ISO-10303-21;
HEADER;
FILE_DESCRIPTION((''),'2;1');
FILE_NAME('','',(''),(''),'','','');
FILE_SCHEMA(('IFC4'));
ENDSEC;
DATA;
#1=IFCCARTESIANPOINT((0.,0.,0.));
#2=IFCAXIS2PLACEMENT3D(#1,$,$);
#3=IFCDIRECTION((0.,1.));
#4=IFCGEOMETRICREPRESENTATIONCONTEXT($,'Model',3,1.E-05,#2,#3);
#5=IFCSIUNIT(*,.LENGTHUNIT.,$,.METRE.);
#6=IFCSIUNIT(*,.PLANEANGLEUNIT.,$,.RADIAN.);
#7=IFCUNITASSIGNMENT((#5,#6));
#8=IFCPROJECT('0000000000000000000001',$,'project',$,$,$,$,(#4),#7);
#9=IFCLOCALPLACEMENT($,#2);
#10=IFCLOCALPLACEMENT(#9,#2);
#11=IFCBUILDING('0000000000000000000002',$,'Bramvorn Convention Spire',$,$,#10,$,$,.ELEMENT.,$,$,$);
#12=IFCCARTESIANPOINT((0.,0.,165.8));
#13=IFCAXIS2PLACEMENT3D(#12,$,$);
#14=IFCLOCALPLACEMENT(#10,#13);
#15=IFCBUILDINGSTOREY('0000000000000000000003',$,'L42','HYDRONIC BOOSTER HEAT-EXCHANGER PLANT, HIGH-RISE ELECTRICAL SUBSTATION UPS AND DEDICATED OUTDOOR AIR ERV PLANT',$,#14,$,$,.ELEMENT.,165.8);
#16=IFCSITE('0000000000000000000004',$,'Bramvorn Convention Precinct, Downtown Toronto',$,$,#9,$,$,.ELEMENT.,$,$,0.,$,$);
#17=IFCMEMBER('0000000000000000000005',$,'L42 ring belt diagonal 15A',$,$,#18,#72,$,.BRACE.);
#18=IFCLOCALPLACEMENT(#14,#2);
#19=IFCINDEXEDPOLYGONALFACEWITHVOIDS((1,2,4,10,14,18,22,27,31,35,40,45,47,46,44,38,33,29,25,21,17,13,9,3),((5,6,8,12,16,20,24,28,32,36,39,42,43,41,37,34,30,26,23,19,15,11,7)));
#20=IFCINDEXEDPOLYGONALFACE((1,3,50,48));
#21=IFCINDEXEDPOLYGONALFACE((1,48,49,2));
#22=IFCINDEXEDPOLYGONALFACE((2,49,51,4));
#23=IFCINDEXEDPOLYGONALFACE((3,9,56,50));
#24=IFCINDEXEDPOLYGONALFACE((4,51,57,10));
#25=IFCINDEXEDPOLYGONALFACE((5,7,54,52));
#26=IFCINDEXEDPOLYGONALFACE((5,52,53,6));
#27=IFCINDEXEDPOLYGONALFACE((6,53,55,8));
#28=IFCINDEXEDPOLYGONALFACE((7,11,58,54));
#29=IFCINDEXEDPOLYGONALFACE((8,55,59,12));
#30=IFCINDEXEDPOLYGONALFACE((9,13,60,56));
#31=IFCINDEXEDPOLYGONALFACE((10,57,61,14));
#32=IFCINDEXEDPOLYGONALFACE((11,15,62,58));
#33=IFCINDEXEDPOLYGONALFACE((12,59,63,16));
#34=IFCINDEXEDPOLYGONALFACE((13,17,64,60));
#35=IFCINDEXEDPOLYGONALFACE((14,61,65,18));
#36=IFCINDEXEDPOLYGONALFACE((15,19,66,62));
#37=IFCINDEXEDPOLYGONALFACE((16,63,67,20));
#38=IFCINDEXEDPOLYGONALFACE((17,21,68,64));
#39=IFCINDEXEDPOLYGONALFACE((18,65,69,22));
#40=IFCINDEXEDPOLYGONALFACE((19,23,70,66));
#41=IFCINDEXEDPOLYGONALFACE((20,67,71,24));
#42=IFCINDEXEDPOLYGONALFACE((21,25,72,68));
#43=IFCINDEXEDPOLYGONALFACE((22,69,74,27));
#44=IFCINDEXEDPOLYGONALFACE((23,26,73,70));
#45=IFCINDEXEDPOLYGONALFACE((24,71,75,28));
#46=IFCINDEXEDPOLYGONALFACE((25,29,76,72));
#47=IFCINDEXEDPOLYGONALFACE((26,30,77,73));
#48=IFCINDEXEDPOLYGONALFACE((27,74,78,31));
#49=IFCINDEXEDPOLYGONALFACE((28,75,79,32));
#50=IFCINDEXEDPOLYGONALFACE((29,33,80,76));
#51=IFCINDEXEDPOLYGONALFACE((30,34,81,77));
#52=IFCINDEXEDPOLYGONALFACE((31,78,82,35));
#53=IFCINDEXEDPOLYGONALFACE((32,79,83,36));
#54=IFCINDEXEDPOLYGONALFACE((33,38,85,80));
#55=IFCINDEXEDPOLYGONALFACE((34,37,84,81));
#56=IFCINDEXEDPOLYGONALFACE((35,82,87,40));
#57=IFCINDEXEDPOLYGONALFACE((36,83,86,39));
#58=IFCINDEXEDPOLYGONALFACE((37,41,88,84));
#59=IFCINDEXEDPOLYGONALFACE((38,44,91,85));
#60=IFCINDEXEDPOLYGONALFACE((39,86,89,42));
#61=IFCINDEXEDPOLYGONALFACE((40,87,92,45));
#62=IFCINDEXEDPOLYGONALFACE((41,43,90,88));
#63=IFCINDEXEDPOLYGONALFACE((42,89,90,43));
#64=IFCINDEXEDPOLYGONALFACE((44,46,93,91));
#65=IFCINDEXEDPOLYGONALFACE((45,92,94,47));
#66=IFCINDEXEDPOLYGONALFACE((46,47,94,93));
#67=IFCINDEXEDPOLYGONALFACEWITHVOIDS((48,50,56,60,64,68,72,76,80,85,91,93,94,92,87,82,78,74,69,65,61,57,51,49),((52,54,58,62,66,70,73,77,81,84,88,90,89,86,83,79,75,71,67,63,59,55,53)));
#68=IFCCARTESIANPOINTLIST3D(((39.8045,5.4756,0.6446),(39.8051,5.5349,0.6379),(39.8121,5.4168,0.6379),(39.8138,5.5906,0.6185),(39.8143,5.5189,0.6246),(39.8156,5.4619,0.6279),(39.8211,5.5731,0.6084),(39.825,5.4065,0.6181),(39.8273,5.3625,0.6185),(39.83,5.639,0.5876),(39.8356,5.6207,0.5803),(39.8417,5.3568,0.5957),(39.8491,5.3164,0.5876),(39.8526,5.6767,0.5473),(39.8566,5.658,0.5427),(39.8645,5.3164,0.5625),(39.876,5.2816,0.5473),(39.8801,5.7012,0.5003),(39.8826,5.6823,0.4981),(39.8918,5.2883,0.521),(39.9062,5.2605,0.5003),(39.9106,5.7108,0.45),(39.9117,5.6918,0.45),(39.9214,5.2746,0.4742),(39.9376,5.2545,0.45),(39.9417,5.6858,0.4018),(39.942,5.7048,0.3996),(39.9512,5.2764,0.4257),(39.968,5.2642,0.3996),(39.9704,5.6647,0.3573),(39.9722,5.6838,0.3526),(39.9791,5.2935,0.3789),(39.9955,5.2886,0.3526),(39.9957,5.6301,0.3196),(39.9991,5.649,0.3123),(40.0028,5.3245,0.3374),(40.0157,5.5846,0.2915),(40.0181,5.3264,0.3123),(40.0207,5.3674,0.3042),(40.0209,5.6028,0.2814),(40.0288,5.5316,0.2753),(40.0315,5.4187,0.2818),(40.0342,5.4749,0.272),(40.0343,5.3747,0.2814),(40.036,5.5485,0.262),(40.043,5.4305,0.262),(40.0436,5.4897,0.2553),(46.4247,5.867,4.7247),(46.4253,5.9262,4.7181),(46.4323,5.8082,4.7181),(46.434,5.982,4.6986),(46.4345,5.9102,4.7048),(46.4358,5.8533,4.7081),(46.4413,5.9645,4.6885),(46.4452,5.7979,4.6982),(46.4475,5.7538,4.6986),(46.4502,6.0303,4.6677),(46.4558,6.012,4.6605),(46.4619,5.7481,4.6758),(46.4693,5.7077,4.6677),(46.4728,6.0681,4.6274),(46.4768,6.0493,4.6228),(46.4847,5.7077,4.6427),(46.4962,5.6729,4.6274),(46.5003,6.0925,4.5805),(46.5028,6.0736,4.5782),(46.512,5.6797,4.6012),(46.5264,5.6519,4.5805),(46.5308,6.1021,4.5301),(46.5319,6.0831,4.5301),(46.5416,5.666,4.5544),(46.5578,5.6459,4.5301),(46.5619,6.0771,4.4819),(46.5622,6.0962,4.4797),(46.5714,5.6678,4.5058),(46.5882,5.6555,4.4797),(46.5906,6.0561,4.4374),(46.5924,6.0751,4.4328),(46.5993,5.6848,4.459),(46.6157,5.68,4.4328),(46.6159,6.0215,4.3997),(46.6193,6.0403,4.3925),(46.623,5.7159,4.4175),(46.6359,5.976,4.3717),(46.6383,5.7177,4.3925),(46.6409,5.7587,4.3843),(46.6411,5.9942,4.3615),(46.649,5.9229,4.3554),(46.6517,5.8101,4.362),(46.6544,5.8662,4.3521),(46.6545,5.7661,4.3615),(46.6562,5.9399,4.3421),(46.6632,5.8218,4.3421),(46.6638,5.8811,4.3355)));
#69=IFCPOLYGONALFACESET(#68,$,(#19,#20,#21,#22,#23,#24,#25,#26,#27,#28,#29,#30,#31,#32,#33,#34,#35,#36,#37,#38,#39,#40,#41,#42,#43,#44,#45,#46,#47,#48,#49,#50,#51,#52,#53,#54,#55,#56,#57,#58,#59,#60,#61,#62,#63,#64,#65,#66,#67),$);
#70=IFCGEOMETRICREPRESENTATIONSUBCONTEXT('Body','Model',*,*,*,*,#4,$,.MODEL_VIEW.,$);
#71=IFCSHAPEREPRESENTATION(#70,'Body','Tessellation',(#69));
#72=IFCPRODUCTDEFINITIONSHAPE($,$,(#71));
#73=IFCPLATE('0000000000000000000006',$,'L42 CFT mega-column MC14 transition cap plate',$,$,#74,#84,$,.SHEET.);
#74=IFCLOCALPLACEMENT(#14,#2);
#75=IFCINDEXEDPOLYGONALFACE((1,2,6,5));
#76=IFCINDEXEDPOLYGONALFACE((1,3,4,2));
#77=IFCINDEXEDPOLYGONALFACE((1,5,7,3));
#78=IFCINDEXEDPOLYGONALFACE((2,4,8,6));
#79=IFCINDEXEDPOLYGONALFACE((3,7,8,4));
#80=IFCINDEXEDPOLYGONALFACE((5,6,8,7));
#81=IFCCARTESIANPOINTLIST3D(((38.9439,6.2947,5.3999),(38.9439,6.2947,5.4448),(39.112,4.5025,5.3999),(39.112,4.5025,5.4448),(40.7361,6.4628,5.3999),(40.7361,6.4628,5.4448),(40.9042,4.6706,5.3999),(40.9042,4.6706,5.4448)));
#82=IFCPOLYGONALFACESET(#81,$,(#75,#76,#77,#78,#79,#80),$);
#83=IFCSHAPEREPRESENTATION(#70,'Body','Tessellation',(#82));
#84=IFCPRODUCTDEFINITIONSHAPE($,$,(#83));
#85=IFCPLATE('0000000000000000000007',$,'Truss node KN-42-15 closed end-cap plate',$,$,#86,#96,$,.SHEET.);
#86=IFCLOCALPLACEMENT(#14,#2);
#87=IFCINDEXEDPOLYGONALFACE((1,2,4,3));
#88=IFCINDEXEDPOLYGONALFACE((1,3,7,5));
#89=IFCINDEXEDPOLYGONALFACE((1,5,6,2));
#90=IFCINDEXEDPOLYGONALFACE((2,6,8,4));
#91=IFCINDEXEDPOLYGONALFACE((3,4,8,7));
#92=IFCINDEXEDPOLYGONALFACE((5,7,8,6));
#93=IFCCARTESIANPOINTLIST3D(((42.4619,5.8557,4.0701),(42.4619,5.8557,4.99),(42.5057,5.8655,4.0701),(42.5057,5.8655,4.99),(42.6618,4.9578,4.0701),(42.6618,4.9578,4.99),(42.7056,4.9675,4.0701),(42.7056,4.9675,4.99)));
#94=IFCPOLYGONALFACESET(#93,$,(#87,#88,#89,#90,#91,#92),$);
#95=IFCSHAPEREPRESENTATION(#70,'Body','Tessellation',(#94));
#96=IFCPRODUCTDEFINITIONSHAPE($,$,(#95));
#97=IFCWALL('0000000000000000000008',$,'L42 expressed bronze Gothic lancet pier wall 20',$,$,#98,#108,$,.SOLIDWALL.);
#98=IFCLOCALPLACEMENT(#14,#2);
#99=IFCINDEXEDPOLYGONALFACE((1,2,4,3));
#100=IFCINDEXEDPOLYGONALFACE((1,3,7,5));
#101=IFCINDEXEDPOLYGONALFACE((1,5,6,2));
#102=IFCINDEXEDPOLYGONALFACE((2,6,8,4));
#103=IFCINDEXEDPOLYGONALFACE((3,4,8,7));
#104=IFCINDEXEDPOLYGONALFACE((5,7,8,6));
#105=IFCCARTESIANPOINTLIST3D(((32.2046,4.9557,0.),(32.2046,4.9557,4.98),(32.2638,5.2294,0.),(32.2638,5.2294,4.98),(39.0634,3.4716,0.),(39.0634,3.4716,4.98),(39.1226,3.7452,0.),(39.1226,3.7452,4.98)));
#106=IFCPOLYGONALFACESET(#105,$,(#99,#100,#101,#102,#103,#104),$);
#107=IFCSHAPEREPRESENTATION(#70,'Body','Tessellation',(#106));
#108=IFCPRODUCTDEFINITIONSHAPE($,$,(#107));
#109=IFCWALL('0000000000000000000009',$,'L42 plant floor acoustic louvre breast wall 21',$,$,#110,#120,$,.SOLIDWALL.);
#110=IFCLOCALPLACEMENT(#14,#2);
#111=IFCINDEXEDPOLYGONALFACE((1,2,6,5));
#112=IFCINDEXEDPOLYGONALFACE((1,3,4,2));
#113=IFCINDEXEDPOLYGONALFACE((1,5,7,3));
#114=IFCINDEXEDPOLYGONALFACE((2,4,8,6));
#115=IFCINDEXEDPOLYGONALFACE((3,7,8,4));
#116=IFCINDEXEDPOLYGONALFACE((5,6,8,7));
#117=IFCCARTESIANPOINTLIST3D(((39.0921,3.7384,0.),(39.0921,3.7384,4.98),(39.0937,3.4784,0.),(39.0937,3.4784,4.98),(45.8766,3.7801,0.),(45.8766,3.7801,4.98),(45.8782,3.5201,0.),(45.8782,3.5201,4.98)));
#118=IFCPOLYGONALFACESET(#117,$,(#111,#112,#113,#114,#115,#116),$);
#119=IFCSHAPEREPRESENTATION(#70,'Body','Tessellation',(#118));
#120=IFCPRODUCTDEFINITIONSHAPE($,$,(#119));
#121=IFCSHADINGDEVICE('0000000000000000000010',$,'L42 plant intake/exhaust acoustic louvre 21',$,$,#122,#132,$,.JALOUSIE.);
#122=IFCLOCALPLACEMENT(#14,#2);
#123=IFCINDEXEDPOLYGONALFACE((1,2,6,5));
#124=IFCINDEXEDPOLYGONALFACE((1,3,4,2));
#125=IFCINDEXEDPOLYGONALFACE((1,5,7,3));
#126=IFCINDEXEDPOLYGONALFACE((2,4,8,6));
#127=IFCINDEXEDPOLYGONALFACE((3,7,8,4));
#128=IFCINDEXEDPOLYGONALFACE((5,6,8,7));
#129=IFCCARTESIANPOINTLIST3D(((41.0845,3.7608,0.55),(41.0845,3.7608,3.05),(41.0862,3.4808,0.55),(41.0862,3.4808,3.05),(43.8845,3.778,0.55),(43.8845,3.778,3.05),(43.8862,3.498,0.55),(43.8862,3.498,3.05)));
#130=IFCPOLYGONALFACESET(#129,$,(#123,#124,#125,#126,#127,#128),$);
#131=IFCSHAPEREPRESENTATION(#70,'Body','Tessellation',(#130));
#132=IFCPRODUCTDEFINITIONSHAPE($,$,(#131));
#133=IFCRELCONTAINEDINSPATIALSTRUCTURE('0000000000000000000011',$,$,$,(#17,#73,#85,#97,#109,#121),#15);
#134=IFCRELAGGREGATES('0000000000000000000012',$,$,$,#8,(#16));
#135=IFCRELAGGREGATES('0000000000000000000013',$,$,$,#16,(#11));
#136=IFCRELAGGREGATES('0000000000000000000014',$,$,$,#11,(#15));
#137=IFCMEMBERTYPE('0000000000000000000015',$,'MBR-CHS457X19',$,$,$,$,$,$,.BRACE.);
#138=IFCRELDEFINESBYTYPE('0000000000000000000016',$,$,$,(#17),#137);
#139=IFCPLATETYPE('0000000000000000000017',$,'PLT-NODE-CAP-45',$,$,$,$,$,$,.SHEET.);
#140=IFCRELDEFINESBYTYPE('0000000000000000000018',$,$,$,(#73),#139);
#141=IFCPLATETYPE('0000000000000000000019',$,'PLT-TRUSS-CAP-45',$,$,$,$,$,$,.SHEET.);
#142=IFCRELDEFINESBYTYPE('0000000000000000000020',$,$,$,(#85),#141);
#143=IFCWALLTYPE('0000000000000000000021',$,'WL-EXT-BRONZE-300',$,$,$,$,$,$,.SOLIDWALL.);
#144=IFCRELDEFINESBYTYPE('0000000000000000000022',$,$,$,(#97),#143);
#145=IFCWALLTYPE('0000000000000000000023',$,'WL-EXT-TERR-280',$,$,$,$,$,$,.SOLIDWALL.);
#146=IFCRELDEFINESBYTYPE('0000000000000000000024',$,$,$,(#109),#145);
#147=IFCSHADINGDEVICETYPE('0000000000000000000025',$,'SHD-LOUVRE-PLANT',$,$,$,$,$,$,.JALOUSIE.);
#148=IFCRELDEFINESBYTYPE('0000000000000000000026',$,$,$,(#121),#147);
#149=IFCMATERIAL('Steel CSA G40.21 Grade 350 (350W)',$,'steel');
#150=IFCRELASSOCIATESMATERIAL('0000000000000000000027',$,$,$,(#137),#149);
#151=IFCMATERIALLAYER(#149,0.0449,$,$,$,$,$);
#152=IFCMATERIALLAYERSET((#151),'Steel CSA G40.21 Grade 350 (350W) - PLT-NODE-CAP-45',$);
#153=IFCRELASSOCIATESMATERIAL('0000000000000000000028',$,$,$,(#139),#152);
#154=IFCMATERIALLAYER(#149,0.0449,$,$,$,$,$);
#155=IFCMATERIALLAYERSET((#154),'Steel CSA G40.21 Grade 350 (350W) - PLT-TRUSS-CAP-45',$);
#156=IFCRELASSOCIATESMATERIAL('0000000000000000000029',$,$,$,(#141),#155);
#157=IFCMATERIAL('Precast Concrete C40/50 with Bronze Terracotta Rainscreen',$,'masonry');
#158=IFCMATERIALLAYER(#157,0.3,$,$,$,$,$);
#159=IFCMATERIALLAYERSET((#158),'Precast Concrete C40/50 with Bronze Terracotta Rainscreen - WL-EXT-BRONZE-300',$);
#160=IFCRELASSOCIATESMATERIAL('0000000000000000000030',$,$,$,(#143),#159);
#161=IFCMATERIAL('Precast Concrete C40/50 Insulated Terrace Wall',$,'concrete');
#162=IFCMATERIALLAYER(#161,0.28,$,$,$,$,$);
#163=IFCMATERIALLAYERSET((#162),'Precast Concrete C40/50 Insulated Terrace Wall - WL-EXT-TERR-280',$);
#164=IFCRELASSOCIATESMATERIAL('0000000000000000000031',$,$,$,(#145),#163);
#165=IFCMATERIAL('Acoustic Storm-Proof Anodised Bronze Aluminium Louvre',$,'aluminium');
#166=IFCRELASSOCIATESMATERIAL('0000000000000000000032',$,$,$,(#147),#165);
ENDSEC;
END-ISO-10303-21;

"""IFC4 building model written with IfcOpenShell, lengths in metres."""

from ifc_helpers import new_model, si_unit, direction, frame, frame_2d, origin, origin_2d, place, context, subcontext, project, spatial, rectangle, hollow_circle, extrude, material, layer, layer_set, material_profile, profile_set, type_object, element, save


model = new_model("IFC4")

# Units and contexts
model_context = context("Model", 3, precision=1e-05, world=origin(), true_north=direction((0.0, 1.0)))
body_context = subcontext(model_context, "Body", "Model", "MODEL_VIEW")
ifc_project = project(units=[si_unit("LENGTHUNIT", "METRE"), si_unit("PLANEANGLEUNIT", "RADIAN")], contexts=[model_context])

# Site, building, storey
site_placement = place(None, origin())
site = spatial("IfcSite", under=ifc_project, at=site_placement, Name="Bramvorn Convention Precinct, Downtown Toronto", CompositionType="ELEMENT", RefElevation=0.0)
building_placement = place(site_placement, origin())
building = spatial("IfcBuilding", under=site, at=building_placement, Name="Bramvorn Convention Spire", CompositionType="ELEMENT")
storey_placement = place(building_placement, frame((0.0, 0.0, 165.8)))
storey = spatial("IfcBuildingStorey", under=building, at=storey_placement, Name="L42", Description="HYDRONIC BOOSTER HEAT-EXCHANGER PLANT, HIGH-RISE ELECTRICAL SUBSTATION UPS AND DEDICATED OUTDOOR AIR ERV PLANT", CompositionType="ELEMENT", Elevation=165.8)

# Shared definitions
ifc_material_1 = material(Name="Steel CSA G40.21 Grade 350 (350W)", Category="steel")

# Member
ifc_material_profile_1 = material_profile(ifc_material_1, hollow_circle(Radius=0.2285, WallThickness=0.019, at=origin_2d()))
ifc_profile_set_1 = profile_set([ifc_material_profile_1], Name="Steel CSA G40.21 Grade 350 (350W) - CHS457X19")
member_type_1 = type_object("IfcMemberType", Name="MBR-CHS457X19", PredefinedType="BRACE", material=ifc_profile_set_1)
member_1_placement = place(storey_placement, frame((39.9241, 5.4827, 0.45), z_axis=(0.850229, 0.050262, 0.524009), x_axis=(-0.059013, 0.998257, 0.0)))
element("IfcMember", 1, at=member_1_placement, inside=storey, type_object=member_type_1, Name="L42 ring belt diagonal 15A", PredefinedType="BRACE", context=body_context, shape_type="SweptSolid", body=[
    extrude(hollow_circle(Radius=0.2285, WallThickness=0.019, at=origin_2d()), origin(), (0.0, 0.0, 1.0), 7.7864),
])

# Plates
ifc_layer_1 = layer(ifc_material_1, 0.0449)
ifc_layer_set_1 = layer_set([ifc_layer_1], Name="Steel CSA G40.21 Grade 350 (350W) - PLT-NODE-CAP-45")
plate_type_1 = type_object("IfcPlateType", Name="PLT-NODE-CAP-45", PredefinedType="SHEET", material=ifc_layer_set_1)
plate_1_placement = place(storey_placement, frame((39.9241, 5.4827, 5.3999), z_axis=(0.0, 0.0, 1.0), x_axis=(0.093364, -0.995632, 0.0)))
element("IfcPlate", 2, at=plate_1_placement, inside=storey, type_object=plate_type_1, Name="L42 CFT mega-column MC14 transition cap plate", PredefinedType="SHEET", context=body_context, shape_type="SweptSolid", body=[
    extrude(rectangle(XDim=1.8, YDim=1.8, at=origin_2d()), origin(), (0.0, 0.0, 1.0), 0.0449),
])
ifc_layer_2 = layer(ifc_material_1, 0.0449)
ifc_layer_set_2 = layer_set([ifc_layer_2], Name="Steel CSA G40.21 Grade 350 (350W) - PLT-TRUSS-CAP-45")
plate_type_2 = type_object("IfcPlateType", Name="PLT-TRUSS-CAP-45", PredefinedType="SHEET", material=ifc_layer_set_2)
plate_2_placement = place(storey_placement, frame((42.5837, 5.4116, 4.0701), z_axis=(0.0, 0.0, 1.0), x_axis=(0.21732, -0.9761, 0.0)))
element("IfcPlate", 3, at=plate_2_placement, inside=storey, type_object=plate_type_2, Name="Truss node KN-42-15 closed end-cap plate", PredefinedType="SHEET", context=body_context, shape_type="SweptSolid", body=[
    extrude(rectangle(XDim=0.9199, YDim=0.0449, at=origin_2d()), origin(), (0.0, 0.0, 1.0), 0.9199),
])

# Walls
ifc_material_2 = material(Name="Precast Concrete C40/50 with Bronze Terracotta Rainscreen", Category="masonry")
ifc_layer_3 = layer(ifc_material_2, 0.3)
ifc_layer_set_3 = layer_set([ifc_layer_3], Name="Precast Concrete C40/50 with Bronze Terracotta Rainscreen - WL-EXT-BRONZE-300")
wall_type_1 = type_object("IfcWallType", Name="WL-EXT-BRONZE-300", PredefinedType="SOLIDWALL", material=ifc_layer_set_3)
wall_1_placement = place(storey_placement, frame((39.093, 3.6084, 0.0), z_axis=(0.0, 0.0, 1.0), x_axis=(-0.977381, 0.211486, 0.0)))
element("IfcWall", 4, at=wall_1_placement, inside=storey, type_object=wall_type_1, Name="L42 expressed bronze Gothic lancet pier wall 20", PredefinedType="SOLIDWALL", context=body_context, shape_type="SweptSolid", body=[
    extrude(rectangle(XDim=7.0176, YDim=0.28, at=frame_2d((3.5088, 0.0))), origin(), (0.0, 0.0, 1.0), 4.98),
])
ifc_material_3 = material(Name="Precast Concrete C40/50 Insulated Terrace Wall", Category="concrete")
ifc_layer_4 = layer(ifc_material_3, 0.28)
ifc_layer_set_4 = layer_set([ifc_layer_4], Name="Precast Concrete C40/50 Insulated Terrace Wall - WL-EXT-TERR-280")
wall_type_2 = type_object("IfcWallType", Name="WL-EXT-TERR-280", PredefinedType="SOLIDWALL", material=ifc_layer_set_4)
wall_2_placement = place(storey_placement, frame((45.8774, 3.6501, 0.0), z_axis=(0.0, 0.0, 1.0), x_axis=(-0.999981, -0.006153, 0.0)))
element("IfcWall", 5, at=wall_2_placement, inside=storey, type_object=wall_type_2, Name="L42 plant floor acoustic louvre breast wall 21", PredefinedType="SOLIDWALL", context=body_context, shape_type="SweptSolid", body=[
    extrude(rectangle(XDim=6.7847, YDim=0.26, at=frame_2d((3.3923, 0.0))), origin(), (0.0, 0.0, 1.0), 4.98),
])

# Shading device
ifc_material_4 = material(Name="Acoustic Storm-Proof Anodised Bronze Aluminium Louvre", Category="aluminium")
shading_device_type = type_object("IfcShadingDeviceType", Name="SHD-LOUVRE-PLANT", PredefinedType="JALOUSIE", material=ifc_material_4)
shading_device_placement = place(storey_placement, frame((42.4854, 3.6294, 0.55), z_axis=(0.0, 0.0, 1.0), x_axis=(-0.999981, -0.006161, 0.0)))
element("IfcShadingDevice", 6, at=shading_device_placement, inside=storey, type_object=shading_device_type, Name="L42 plant intake/exhaust acoustic louvre 21", PredefinedType="JALOUSIE", context=body_context, shape_type="SweptSolid", body=[
    extrude(rectangle(XDim=2.8, YDim=0.28, at=origin_2d()), origin(), (0.0, 0.0, 1.0), 2.5),
])

save(model, "model.ifc")
